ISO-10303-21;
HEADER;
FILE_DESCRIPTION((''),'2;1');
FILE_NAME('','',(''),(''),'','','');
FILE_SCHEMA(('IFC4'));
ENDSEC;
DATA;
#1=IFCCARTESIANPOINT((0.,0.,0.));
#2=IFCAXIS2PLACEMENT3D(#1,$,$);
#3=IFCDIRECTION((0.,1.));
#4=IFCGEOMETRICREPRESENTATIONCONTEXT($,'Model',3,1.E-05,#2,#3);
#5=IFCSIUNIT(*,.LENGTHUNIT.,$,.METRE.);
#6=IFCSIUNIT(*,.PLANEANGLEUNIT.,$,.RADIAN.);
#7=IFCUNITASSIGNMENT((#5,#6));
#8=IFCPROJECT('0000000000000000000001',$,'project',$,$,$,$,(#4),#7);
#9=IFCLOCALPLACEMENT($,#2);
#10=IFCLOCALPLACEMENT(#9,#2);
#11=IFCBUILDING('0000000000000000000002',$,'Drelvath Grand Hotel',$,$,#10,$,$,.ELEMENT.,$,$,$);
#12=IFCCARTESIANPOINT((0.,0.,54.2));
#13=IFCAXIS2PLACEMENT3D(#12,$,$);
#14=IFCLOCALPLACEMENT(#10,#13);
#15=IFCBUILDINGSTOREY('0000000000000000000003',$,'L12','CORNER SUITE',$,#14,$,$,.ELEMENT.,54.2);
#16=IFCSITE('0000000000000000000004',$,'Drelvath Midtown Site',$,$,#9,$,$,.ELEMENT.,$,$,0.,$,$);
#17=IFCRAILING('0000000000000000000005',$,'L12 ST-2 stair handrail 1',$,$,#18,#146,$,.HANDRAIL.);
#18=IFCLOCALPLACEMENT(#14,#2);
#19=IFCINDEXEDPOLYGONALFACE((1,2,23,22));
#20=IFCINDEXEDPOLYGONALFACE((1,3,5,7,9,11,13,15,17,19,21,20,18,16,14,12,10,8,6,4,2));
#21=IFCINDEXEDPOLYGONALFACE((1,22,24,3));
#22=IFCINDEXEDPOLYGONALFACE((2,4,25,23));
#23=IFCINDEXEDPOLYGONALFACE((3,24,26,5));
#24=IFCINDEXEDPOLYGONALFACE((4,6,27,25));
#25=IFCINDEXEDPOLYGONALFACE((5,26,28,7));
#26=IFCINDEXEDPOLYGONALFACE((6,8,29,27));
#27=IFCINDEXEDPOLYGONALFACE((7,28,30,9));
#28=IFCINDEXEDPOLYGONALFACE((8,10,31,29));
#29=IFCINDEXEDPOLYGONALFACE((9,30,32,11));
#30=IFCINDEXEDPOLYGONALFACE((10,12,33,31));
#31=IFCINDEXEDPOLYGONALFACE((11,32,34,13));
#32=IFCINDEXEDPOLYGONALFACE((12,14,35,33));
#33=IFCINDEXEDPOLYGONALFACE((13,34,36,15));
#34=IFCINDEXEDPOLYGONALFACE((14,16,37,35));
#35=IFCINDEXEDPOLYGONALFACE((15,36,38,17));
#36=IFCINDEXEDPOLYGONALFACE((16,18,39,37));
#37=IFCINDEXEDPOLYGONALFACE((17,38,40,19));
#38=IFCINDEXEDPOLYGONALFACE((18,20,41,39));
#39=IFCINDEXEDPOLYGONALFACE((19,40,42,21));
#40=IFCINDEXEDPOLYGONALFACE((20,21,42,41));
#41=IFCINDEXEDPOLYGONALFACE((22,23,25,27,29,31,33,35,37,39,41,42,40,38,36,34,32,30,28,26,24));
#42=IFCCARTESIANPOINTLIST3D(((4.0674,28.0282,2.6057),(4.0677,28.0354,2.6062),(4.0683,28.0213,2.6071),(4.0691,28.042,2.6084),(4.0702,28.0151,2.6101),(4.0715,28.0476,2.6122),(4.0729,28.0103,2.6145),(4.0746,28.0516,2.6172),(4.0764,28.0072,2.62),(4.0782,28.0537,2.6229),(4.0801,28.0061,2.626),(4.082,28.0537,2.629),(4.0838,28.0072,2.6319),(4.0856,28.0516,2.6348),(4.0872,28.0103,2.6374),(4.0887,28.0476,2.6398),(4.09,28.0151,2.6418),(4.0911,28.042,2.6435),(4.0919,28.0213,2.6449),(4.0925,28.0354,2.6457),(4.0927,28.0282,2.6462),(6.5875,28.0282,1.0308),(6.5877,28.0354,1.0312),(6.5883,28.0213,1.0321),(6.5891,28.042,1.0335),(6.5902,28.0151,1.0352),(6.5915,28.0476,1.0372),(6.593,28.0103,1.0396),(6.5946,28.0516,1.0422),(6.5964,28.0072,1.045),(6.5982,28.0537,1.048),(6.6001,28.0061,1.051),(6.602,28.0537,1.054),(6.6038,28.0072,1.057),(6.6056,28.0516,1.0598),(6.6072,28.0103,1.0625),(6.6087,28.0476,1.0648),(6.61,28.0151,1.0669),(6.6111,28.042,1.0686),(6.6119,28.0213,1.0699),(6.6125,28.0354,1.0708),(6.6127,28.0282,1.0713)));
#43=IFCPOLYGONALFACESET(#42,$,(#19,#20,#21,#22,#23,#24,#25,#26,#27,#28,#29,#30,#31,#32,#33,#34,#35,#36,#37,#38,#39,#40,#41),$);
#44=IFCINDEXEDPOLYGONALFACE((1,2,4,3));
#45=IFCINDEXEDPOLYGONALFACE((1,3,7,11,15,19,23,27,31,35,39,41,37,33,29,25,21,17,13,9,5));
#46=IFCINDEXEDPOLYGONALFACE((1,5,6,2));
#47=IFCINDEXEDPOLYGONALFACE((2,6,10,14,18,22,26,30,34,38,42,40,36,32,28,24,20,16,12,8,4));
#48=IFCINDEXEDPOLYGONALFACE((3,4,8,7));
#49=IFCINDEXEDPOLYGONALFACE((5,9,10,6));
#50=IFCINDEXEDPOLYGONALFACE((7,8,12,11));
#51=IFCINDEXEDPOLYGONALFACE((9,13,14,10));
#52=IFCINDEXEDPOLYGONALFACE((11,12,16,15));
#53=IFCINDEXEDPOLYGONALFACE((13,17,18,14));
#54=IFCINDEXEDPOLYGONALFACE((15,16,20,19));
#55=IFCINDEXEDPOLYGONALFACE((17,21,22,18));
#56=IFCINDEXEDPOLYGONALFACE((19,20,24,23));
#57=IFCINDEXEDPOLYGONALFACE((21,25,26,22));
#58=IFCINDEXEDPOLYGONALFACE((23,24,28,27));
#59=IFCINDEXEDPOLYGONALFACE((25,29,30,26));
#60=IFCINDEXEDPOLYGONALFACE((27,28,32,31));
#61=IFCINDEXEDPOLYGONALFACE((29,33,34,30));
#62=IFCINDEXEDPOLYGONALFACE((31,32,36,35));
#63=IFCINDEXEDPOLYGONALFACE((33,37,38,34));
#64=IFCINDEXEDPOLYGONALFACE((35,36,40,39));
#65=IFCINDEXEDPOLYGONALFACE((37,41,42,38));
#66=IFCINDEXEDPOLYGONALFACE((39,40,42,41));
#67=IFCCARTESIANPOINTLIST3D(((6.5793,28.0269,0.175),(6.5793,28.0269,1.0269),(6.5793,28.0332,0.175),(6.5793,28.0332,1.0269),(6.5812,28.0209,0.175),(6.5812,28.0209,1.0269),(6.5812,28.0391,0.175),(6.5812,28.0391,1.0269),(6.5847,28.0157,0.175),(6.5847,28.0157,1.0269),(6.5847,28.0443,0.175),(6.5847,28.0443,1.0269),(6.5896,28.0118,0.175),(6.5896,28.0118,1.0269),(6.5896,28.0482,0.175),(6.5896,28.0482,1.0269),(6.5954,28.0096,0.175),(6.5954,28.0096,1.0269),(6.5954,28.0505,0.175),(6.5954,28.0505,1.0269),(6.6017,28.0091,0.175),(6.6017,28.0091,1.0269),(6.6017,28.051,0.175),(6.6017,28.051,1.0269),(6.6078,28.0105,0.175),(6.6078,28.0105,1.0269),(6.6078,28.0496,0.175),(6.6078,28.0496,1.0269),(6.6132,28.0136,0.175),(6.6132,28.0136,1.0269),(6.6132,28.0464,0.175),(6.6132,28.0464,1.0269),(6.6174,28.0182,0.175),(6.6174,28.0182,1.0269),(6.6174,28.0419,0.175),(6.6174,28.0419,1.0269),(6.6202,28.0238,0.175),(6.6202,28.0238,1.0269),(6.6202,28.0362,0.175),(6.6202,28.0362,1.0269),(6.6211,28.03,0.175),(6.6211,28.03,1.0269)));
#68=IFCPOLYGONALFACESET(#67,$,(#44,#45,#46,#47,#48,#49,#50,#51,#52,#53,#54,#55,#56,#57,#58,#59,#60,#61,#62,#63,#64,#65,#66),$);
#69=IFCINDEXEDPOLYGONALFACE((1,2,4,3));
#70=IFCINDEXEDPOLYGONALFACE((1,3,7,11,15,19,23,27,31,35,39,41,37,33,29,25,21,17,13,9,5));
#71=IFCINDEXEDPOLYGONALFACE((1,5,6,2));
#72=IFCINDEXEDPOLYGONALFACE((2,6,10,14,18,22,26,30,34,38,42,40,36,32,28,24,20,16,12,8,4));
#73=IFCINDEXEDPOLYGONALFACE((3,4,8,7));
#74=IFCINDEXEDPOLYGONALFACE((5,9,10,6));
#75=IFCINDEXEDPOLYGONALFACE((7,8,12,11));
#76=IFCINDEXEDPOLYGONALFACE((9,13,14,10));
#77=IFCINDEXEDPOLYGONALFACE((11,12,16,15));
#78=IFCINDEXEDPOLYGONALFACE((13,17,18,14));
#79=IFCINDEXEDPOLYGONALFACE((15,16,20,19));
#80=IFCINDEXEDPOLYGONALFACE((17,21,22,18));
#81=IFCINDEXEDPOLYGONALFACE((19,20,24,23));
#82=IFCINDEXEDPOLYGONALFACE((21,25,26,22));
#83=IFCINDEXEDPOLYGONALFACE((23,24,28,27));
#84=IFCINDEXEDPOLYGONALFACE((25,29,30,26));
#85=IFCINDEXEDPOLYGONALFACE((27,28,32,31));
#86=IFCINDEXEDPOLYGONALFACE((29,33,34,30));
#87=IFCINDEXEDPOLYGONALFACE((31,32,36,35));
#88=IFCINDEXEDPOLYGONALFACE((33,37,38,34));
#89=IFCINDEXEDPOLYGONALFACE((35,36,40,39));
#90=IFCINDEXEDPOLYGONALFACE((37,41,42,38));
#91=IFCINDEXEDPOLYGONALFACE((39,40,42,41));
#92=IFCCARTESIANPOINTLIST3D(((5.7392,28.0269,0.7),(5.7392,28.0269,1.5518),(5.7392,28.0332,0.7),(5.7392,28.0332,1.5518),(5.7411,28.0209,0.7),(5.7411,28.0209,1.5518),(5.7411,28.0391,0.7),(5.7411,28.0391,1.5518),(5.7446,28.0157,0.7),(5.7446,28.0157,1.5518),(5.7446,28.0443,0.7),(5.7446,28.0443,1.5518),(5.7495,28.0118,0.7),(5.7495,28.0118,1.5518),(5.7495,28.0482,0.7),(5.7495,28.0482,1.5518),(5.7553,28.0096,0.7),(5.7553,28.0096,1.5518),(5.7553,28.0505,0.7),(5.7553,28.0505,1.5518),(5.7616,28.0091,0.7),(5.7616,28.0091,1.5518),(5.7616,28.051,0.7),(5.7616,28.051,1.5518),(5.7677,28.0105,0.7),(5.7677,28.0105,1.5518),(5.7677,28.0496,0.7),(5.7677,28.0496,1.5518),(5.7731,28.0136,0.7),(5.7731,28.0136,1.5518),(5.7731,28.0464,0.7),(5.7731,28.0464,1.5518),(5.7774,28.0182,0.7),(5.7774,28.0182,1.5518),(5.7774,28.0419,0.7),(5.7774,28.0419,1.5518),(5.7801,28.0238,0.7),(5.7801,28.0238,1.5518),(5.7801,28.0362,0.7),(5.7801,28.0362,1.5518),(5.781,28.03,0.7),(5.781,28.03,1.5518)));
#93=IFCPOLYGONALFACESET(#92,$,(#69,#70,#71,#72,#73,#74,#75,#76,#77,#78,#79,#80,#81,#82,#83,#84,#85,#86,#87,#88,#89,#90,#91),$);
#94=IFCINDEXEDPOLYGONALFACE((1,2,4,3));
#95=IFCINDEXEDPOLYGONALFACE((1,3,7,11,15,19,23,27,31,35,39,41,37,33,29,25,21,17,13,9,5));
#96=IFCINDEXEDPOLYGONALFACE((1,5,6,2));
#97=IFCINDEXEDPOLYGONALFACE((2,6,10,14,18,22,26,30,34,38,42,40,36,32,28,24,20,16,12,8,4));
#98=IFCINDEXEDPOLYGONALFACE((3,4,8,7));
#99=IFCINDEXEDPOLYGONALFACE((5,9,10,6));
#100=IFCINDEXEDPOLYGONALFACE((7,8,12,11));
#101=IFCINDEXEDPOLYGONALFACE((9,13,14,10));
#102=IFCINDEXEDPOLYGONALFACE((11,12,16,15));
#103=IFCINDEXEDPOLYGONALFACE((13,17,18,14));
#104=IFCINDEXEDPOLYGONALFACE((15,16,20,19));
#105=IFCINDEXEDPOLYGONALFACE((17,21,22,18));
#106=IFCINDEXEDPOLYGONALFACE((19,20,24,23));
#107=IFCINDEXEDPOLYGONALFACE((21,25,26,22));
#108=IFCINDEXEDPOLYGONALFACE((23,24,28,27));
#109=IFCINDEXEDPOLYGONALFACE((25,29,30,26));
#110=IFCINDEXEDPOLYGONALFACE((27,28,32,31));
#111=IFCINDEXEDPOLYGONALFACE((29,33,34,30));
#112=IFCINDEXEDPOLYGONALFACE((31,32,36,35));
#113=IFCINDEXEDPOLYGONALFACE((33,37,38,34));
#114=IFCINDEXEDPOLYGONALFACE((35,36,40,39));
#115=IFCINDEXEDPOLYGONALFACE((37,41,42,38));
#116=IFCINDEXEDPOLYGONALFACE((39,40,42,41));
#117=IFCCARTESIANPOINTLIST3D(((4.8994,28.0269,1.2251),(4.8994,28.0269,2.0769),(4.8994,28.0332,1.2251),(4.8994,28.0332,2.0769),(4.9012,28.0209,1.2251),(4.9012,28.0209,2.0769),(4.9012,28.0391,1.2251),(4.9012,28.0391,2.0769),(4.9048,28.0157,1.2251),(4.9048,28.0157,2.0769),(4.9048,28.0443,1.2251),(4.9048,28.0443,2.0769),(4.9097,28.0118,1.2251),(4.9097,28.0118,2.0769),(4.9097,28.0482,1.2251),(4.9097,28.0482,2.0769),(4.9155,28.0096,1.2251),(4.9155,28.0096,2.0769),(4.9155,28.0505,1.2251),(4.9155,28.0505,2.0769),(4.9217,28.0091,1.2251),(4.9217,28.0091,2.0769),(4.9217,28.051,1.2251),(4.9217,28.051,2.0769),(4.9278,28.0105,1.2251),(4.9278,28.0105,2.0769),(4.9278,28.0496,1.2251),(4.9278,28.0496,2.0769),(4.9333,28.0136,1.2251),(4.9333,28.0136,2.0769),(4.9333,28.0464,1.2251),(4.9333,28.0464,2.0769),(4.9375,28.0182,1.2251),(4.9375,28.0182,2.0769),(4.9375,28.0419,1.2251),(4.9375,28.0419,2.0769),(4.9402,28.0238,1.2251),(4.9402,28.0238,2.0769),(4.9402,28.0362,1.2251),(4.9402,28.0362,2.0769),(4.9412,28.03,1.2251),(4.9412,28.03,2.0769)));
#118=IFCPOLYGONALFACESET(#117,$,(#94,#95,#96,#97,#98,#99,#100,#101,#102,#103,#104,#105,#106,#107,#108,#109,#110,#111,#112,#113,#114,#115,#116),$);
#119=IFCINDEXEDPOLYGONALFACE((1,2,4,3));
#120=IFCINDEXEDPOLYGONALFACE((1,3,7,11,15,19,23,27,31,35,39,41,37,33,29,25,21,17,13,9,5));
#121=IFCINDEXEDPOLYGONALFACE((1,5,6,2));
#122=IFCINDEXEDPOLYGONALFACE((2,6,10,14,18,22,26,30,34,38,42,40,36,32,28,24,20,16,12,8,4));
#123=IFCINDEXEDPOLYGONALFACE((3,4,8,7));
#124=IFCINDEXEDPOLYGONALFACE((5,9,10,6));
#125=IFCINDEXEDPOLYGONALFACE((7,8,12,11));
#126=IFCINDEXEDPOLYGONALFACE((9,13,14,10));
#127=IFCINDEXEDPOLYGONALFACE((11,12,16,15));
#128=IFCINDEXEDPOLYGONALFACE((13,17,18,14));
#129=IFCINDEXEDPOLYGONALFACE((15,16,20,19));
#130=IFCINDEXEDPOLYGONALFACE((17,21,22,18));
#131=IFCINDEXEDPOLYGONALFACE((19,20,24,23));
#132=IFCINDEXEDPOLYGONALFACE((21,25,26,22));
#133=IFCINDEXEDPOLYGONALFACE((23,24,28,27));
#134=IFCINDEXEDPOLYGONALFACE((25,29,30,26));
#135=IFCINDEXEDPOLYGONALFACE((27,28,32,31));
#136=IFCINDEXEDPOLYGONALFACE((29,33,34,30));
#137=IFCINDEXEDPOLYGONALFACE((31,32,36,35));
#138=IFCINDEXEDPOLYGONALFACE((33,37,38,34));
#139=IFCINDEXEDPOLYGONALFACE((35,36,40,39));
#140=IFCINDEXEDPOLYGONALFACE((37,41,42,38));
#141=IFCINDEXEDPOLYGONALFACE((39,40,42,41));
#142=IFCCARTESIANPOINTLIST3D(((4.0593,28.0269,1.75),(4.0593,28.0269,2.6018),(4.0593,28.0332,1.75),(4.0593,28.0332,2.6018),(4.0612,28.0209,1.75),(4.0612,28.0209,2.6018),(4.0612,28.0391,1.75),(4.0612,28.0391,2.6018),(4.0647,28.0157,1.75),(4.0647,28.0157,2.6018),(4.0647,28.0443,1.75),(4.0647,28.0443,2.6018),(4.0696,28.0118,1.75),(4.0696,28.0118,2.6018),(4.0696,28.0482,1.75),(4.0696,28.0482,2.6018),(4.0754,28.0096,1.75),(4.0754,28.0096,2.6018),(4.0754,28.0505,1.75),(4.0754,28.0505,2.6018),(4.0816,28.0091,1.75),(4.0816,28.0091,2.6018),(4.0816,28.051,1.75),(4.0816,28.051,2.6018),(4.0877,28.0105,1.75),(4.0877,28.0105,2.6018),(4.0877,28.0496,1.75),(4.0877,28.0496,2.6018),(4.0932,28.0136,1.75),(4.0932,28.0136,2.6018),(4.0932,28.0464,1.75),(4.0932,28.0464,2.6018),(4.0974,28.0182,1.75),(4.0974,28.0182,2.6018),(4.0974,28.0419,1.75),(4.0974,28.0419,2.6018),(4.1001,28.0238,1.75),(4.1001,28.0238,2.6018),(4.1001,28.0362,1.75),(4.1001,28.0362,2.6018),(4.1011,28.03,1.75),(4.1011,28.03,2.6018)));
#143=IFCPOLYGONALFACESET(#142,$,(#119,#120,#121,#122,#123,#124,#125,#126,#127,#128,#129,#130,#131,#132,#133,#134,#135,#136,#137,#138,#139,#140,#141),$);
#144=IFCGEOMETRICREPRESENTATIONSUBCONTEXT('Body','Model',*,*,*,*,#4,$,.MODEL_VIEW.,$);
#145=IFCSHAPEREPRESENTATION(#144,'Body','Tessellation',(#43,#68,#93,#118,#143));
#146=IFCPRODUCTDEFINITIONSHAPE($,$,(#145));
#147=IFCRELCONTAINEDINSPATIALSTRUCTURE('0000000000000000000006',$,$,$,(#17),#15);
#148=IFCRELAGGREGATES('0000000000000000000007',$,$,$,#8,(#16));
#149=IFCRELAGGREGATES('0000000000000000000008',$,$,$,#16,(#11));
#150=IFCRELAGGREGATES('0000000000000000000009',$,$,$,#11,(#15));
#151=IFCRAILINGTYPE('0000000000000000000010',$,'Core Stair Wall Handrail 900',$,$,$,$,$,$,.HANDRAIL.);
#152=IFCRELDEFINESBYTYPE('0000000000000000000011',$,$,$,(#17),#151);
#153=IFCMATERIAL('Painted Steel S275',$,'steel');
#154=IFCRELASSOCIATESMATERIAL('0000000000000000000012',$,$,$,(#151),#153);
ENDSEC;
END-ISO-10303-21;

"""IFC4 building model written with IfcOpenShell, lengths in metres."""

from ifc_helpers import new_model, si_unit, direction, frame, origin, origin_2d, place, context, subcontext, project, spatial, circle, extrude, material, type_object, element, save


model = new_model("IFC4")

# Units and contexts
model_context = context("Model", 3, precision=1e-05, world=origin(), true_north=direction((0.0, 1.0)))
body_context = subcontext(model_context, "Body", "Model", "MODEL_VIEW")
ifc_project = project(units=[si_unit("LENGTHUNIT", "METRE"), si_unit("PLANEANGLEUNIT", "RADIAN")], contexts=[model_context])

# Site, building, storey
site_placement = place(None, origin())
site = spatial("IfcSite", under=ifc_project, at=site_placement, Name="Drelvath Midtown Site", CompositionType="ELEMENT", RefElevation=0.0)
building_placement = place(site_placement, origin())
building = spatial("IfcBuilding", under=site, at=building_placement, Name="Drelvath Grand Hotel", CompositionType="ELEMENT")
storey_placement = place(building_placement, frame((0.0, 0.0, 54.2)))
storey = spatial("IfcBuildingStorey", under=building, at=storey_placement, Name="L12", Description="CORNER SUITE", CompositionType="ELEMENT", Elevation=54.2)

# Shared definitions
ifc_material_1 = material(Name="Painted Steel S275", Category="steel")

# Railing
railing_type_1 = type_object("IfcRailingType", Name="Core Stair Wall Handrail 900", PredefinedType="HANDRAIL", material=ifc_material_1)
railing_1_placement = place(storey_placement, frame((6.6001, 28.03, 0.175)))
element("IfcRailing", 1, at=railing_1_placement, inside=storey, type_object=railing_type_1, Name="L12 ST-2 stair handrail 1", PredefinedType="HANDRAIL", context=body_context, shape_type="SweptSolid", body=[
    extrude(circle(Radius=0.0239, at=origin_2d()), frame((0.0, 0.0, 0.876), z_axis=(-0.848008, 0.0, 0.529984), x_axis=(0.0, -1.0, 0.0)), (0.0, 0.0, 1.0), 2.9717),
    extrude(circle(Radius=0.021, at=origin_2d()), origin(), (0.0, 0.0, 1.0), 0.8518),
    extrude(circle(Radius=0.021, at=origin_2d()), frame((-0.8401, 0.0, 0.5249)), (0.0, 0.0, 1.0), 0.8518),
    extrude(circle(Radius=0.021, at=origin_2d()), frame((-1.6799, 0.0, 1.05)), (0.0, 0.0, 1.0), 0.8518),
    extrude(circle(Radius=0.021, at=origin_2d()), frame((-2.52, 0.0, 1.575)), (0.0, 0.0, 1.0), 0.8518),
])

save(model, "model.ifc")
